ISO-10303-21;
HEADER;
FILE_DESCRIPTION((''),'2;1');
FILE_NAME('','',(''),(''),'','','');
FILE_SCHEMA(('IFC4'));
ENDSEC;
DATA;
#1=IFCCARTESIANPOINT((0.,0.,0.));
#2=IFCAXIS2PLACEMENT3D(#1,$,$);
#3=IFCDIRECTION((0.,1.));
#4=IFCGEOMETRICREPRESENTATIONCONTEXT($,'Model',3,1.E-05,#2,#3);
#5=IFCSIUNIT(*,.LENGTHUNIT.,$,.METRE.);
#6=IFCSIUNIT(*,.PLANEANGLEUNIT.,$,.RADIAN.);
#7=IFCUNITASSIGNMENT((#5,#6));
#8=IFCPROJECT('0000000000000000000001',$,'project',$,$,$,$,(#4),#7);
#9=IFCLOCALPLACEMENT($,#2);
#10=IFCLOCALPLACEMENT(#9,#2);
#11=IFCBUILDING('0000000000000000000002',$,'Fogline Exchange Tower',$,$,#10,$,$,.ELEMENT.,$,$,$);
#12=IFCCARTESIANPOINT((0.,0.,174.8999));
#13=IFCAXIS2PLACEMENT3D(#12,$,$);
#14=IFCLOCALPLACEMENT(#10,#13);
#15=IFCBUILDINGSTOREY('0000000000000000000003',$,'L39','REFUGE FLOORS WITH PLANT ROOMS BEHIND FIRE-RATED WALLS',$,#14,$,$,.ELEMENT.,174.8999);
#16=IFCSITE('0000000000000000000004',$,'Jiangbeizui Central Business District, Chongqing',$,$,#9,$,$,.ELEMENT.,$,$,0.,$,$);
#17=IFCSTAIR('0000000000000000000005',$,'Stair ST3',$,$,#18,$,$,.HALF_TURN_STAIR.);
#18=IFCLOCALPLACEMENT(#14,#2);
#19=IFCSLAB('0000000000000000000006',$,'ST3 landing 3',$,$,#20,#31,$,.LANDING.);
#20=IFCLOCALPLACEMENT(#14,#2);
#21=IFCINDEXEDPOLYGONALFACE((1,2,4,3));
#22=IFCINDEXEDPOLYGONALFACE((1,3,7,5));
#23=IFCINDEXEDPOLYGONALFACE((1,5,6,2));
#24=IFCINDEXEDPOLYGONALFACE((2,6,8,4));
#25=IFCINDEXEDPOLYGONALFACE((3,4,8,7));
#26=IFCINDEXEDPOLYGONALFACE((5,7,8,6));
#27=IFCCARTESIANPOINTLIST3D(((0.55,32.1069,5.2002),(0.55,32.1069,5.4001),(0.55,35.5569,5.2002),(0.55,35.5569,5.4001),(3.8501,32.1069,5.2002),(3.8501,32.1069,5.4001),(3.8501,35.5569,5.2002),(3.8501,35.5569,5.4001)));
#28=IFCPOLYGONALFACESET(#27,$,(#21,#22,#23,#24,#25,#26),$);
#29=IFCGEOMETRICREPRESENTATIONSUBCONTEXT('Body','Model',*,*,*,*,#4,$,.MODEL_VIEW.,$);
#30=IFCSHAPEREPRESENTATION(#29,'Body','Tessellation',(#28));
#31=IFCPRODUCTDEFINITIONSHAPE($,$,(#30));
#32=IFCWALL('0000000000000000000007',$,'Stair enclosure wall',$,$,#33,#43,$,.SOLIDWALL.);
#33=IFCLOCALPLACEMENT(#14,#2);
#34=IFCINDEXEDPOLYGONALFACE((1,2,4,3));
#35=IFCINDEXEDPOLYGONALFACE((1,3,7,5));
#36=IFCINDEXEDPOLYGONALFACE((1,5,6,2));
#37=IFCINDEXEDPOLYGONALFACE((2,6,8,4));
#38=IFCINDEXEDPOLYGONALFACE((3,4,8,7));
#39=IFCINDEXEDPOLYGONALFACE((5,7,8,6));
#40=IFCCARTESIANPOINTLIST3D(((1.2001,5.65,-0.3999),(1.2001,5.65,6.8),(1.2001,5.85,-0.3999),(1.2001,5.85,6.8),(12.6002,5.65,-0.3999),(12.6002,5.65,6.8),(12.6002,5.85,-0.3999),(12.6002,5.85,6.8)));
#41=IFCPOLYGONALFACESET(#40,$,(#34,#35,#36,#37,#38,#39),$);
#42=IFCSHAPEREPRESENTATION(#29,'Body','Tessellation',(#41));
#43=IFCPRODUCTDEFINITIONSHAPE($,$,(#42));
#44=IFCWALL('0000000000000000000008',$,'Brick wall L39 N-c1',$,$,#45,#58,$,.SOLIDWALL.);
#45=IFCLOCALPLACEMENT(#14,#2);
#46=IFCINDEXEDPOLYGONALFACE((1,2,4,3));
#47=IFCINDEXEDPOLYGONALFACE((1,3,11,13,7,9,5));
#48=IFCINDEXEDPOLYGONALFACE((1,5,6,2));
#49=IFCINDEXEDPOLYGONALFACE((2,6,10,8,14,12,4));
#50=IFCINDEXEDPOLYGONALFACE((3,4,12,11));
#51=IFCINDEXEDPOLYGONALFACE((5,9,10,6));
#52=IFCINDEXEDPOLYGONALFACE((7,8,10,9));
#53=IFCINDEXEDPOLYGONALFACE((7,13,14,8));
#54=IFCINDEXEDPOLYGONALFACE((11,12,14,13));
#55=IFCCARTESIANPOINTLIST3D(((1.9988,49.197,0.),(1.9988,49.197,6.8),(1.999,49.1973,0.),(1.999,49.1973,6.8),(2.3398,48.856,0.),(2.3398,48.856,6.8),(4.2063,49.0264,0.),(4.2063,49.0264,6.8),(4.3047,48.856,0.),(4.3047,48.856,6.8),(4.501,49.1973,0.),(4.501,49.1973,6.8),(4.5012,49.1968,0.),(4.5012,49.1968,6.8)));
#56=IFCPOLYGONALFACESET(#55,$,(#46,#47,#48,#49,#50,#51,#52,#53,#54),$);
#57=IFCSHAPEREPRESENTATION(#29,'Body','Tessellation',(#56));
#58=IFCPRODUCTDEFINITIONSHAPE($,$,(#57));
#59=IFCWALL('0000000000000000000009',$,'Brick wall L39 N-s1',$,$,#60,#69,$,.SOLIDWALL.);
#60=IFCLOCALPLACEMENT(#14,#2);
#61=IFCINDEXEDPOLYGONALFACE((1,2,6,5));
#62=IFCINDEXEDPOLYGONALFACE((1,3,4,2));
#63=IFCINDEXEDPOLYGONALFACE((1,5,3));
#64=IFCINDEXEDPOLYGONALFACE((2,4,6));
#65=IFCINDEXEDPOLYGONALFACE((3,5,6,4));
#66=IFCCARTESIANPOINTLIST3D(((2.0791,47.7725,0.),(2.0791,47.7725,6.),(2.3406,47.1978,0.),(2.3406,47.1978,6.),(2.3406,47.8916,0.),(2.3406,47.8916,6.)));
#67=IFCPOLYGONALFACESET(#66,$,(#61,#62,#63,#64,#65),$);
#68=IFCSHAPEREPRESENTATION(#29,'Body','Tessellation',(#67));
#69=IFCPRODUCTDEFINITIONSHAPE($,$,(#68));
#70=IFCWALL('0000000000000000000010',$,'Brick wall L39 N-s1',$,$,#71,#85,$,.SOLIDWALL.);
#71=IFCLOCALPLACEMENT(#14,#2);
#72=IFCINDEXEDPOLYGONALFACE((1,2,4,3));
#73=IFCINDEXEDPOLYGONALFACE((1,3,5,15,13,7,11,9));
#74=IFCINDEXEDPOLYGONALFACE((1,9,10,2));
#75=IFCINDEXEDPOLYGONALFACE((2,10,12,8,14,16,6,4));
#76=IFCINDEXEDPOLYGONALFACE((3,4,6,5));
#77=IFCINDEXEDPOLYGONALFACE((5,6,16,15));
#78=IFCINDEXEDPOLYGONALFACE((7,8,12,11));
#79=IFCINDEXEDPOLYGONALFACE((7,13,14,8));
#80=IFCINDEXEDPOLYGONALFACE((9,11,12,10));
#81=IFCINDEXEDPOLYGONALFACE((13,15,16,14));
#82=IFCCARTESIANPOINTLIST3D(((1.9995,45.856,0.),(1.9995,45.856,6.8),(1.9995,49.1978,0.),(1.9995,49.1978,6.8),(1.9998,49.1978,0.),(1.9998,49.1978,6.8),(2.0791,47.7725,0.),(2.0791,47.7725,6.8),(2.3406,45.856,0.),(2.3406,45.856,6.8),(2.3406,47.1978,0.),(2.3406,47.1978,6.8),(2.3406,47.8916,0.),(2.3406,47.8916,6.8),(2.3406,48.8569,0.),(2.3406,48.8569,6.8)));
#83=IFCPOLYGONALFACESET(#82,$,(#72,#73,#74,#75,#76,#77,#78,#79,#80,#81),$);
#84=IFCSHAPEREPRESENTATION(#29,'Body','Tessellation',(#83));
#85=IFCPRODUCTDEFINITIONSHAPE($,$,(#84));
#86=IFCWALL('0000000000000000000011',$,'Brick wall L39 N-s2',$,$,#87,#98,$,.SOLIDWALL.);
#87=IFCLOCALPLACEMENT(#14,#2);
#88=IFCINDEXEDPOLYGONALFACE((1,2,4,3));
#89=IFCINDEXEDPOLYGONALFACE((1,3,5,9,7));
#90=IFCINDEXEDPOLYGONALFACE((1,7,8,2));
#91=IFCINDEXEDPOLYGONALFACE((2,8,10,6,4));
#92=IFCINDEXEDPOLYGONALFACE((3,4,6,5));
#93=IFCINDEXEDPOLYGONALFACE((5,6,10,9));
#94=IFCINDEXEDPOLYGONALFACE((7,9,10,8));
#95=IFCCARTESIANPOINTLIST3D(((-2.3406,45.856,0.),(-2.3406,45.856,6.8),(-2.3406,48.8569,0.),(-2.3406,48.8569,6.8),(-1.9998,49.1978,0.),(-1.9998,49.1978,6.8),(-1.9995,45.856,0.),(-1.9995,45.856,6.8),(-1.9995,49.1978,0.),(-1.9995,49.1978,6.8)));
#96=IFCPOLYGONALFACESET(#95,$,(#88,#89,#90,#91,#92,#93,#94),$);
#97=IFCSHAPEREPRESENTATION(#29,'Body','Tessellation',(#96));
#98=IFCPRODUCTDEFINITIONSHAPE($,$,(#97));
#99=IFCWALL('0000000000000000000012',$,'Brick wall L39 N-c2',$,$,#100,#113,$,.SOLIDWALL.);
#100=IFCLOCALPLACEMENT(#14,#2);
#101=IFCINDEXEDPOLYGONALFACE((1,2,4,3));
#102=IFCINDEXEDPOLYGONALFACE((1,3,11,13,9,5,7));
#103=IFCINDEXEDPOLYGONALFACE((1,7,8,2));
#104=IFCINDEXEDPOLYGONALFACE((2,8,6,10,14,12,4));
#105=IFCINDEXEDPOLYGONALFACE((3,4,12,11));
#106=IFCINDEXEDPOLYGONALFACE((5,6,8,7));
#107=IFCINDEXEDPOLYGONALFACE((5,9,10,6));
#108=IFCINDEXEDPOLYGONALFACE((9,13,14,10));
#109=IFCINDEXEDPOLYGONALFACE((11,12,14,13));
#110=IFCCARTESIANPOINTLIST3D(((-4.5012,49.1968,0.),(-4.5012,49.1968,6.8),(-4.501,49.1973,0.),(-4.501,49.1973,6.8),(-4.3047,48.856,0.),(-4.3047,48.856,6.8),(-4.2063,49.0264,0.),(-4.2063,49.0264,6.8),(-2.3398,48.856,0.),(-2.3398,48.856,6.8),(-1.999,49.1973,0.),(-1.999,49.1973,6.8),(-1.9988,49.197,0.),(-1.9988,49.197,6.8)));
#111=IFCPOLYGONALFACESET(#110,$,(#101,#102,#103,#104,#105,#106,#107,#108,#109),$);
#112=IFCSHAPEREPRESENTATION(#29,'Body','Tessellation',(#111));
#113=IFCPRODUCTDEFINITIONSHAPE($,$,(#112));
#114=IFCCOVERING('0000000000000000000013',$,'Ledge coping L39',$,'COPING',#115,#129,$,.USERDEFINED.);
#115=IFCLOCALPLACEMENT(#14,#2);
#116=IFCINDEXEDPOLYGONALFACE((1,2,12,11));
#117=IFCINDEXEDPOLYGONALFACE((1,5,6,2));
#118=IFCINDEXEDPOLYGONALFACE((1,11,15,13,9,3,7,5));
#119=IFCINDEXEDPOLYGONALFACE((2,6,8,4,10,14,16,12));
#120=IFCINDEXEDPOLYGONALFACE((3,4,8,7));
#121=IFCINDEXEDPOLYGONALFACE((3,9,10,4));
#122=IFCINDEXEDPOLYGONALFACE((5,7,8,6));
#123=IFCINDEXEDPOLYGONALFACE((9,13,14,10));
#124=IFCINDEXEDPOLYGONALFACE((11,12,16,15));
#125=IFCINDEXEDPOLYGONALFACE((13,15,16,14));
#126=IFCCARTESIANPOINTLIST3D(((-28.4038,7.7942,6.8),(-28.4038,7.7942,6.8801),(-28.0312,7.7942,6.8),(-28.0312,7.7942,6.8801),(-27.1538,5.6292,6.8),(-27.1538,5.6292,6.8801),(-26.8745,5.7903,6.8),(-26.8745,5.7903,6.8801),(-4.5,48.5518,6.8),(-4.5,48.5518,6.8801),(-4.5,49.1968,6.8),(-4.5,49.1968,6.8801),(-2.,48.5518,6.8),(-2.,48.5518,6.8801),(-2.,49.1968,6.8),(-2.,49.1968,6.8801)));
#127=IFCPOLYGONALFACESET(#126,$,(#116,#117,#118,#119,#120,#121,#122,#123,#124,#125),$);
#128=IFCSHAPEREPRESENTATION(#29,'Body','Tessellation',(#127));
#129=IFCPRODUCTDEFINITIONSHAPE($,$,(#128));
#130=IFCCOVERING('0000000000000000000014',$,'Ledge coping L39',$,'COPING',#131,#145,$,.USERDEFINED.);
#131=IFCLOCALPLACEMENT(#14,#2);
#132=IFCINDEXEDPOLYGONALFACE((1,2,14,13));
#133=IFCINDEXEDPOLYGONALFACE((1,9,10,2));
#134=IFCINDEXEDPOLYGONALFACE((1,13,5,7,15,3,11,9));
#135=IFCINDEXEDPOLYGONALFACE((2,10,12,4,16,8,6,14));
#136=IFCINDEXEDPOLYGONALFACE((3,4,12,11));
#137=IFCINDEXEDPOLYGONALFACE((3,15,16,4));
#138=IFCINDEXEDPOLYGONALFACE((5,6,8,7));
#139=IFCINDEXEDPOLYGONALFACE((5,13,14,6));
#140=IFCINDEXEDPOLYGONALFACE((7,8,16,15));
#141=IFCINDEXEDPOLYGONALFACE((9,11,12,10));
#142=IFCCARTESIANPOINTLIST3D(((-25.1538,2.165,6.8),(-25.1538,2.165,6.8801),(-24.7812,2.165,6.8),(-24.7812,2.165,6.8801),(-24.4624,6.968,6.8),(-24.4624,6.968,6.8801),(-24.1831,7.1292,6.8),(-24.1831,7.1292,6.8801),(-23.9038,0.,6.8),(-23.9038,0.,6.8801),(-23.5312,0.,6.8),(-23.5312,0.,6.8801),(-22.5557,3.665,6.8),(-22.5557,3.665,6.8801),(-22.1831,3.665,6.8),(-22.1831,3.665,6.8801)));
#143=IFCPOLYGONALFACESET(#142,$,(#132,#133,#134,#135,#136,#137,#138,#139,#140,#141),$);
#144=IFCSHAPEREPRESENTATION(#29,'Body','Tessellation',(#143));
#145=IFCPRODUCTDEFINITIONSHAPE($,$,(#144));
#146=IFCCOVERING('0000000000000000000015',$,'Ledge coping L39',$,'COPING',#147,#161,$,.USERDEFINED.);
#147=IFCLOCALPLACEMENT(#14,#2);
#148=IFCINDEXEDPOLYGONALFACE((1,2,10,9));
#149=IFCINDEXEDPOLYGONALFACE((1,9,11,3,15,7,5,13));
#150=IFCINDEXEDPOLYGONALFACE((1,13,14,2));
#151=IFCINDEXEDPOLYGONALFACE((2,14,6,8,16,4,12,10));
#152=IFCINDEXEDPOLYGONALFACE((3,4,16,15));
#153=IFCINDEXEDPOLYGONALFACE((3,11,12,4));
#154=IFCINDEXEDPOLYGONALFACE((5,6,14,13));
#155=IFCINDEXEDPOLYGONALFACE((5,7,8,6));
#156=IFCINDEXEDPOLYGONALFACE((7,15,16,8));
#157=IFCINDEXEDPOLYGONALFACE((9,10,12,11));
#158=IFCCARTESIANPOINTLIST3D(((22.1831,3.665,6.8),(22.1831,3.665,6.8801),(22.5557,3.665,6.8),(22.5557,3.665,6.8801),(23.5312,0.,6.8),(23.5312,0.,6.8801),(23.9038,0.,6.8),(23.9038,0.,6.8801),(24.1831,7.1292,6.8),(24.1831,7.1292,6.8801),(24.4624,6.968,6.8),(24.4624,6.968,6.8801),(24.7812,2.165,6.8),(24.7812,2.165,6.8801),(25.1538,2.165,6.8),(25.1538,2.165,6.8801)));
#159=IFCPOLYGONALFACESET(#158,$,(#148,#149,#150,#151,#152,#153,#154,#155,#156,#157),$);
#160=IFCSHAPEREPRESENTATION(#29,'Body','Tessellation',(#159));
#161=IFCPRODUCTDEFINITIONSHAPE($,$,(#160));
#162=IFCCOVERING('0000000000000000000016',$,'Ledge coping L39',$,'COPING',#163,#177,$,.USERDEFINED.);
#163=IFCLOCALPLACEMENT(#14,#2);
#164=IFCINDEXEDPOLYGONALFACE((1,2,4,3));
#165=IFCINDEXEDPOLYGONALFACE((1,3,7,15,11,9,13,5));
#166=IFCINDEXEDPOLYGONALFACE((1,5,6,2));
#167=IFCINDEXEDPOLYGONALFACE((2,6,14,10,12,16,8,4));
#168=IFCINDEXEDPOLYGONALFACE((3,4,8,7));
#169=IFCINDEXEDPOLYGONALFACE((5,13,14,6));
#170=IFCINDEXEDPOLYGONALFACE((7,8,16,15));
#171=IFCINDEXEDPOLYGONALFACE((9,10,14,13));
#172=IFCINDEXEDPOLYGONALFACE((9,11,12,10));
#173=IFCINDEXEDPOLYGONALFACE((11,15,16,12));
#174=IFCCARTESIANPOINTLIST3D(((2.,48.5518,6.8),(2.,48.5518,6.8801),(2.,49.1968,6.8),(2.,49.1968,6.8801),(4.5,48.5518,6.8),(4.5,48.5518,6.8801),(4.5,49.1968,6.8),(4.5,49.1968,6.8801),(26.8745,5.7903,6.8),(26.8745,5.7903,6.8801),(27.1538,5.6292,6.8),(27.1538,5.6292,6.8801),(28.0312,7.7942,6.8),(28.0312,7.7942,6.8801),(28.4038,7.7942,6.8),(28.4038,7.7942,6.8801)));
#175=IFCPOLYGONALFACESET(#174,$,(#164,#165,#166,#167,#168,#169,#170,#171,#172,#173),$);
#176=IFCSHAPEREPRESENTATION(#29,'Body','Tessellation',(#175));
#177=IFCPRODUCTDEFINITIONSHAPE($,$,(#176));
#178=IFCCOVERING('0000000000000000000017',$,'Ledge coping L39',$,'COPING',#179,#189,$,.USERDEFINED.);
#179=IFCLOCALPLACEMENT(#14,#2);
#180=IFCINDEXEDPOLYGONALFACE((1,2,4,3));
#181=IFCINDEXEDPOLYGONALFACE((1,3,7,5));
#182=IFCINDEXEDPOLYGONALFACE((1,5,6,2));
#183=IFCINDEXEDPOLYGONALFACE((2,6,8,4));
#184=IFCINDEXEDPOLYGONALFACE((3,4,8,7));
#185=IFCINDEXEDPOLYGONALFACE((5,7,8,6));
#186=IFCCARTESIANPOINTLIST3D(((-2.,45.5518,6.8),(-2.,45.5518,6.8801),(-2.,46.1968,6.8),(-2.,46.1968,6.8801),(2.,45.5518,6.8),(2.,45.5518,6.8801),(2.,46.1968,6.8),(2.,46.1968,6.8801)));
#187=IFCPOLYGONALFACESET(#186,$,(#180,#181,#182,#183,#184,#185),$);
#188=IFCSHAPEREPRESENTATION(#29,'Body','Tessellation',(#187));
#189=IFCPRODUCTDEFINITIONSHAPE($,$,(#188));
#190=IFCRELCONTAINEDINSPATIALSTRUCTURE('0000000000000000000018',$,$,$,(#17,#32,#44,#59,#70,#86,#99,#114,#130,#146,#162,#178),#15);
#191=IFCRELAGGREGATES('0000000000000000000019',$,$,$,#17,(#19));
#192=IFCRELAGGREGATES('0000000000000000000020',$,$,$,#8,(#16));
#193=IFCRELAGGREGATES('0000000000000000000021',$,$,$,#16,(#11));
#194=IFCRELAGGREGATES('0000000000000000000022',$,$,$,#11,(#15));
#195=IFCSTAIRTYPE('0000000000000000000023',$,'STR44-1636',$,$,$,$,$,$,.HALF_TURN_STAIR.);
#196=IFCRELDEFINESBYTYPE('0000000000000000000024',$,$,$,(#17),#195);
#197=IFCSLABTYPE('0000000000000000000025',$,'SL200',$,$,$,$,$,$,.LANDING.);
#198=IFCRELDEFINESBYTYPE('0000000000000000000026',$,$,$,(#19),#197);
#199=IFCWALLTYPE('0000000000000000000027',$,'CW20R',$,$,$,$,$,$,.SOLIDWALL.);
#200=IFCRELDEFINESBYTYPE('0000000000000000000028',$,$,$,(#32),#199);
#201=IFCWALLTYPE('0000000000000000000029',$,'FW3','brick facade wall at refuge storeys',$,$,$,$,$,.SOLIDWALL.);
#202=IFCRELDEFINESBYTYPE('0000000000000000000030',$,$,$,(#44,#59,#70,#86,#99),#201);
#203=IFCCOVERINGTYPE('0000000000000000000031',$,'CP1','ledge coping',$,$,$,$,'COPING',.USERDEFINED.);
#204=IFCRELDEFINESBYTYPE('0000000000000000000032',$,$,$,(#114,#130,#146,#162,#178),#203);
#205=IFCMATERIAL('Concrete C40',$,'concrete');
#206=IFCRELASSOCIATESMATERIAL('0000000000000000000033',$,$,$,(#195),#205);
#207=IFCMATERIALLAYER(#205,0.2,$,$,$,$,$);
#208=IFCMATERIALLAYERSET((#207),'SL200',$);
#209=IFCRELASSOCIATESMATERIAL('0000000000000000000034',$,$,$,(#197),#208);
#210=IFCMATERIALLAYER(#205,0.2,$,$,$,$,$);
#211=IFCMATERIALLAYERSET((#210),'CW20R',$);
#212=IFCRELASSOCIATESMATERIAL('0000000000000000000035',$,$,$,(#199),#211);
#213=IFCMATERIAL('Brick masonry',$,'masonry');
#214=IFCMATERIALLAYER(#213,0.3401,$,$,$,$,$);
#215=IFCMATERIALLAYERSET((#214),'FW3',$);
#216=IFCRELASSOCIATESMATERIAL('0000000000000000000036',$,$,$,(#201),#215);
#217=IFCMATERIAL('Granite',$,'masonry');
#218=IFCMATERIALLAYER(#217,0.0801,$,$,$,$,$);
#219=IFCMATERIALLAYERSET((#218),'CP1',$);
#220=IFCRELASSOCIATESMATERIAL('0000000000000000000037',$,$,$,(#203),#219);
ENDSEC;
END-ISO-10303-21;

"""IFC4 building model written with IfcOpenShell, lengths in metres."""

from ifc_helpers import new_model, si_unit, direction, frame, frame_2d, origin, place, context, subcontext, project, spatial, polyline, rectangle, outline, extrude, material, layer, layer_set, type_object, element, aggregate, save


model = new_model("IFC4")

# Units and contexts
model_context = context("Model", 3, precision=1e-05, world=origin(), true_north=direction((0.0, 1.0)))
body_context = subcontext(model_context, "Body", "Model", "MODEL_VIEW")
ifc_project = project(units=[si_unit("LENGTHUNIT", "METRE"), si_unit("PLANEANGLEUNIT", "RADIAN")], contexts=[model_context])

# Site, building, storey
site_placement = place(None, origin())
site = spatial("IfcSite", under=ifc_project, at=site_placement, Name="Jiangbeizui Central Business District, Chongqing", CompositionType="ELEMENT", RefElevation=0.0)
building_placement = place(site_placement, origin())
building = spatial("IfcBuilding", under=site, at=building_placement, Name="Fogline Exchange Tower", CompositionType="ELEMENT")
storey_placement = place(building_placement, frame((0.0, 0.0, 174.8999)))
storey = spatial("IfcBuildingStorey", under=building, at=storey_placement, Name="L39", Description="REFUGE FLOORS WITH PLANT ROOMS BEHIND FIRE-RATED WALLS", CompositionType="ELEMENT", Elevation=174.8999)

# Shared definitions
ifc_material_1 = material(Name="Concrete C40", Category="concrete")

# Stair, slab
stair_type = type_object("IfcStairType", Name="STR44-1636", PredefinedType="HALF_TURN_STAIR", material=ifc_material_1)
ifc_layer_1 = layer(ifc_material_1, 0.2)
ifc_layer_set_1 = layer_set([ifc_layer_1], Name="SL200")
slab_type_1 = type_object("IfcSlabType", Name="SL200", PredefinedType="LANDING", material=ifc_layer_set_1)
stair_1_placement = place(storey_placement, origin())
stair_1 = element("IfcStair", 1, at=stair_1_placement, inside=storey, type_object=stair_type, Name="Stair ST3", PredefinedType="HALF_TURN_STAIR")
slab_1_placement = place(storey_placement, frame((0.0, 0.0, 5.2002)))
slab_1 = element("IfcSlab", 2, at=slab_1_placement, type_object=slab_type_1, Name="ST3 landing 3", PredefinedType="LANDING", context=body_context, shape_type="SweptSolid", body=[
    extrude(outline(polyline([(0.55, 32.1069), (3.8501, 32.1069), (3.8501, 35.5569), (0.55, 35.5569), (0.55, 32.1069)])), origin(), (0.0, 0.0, 1.0), 0.2),
])
aggregate(stair_1, [slab_1])

# Walls
ifc_layer_2 = layer(ifc_material_1, 0.2)
ifc_layer_set_2 = layer_set([ifc_layer_2], Name="CW20R")
wall_type_1 = type_object("IfcWallType", Name="CW20R", PredefinedType="SOLIDWALL", material=ifc_layer_set_2)
wall_1_placement = place(storey_placement, frame((1.2, 5.75, -0.3999), z_axis=(0.0, 0.0, 1.0), x_axis=(1.0, 0.0, 0.0)))
element("IfcWall", 3, at=wall_1_placement, inside=storey, type_object=wall_type_1, Name="Stair enclosure wall", PredefinedType="SOLIDWALL", context=body_context, shape_type="SweptSolid", body=[
    extrude(rectangle(XDim=11.4001, YDim=0.2, at=frame_2d((5.7002, 0.0))), origin(), (0.0, 0.0, 1.0), 7.2),
])
ifc_material_2 = material(Name="Brick masonry", Category="masonry")
ifc_layer_3 = layer(ifc_material_2, 0.3401)
ifc_layer_set_3 = layer_set([ifc_layer_3], Name="FW3")
wall_type_2 = type_object("IfcWallType", Name="FW3", Description="brick facade wall at refuge storeys", PredefinedType="SOLIDWALL", material=ifc_layer_set_3)
wall_2_placement = place(storey_placement, origin())
element("IfcWall", 4, at=wall_2_placement, inside=storey, type_object=wall_type_2, Name="Brick wall L39 N-c1", PredefinedType="SOLIDWALL", context=body_context, shape_type="SweptSolid", body=[
    extrude(outline(polyline([(1.999, 49.1973), (4.501, 49.1973), (4.5012, 49.1968), (4.2063, 49.0264), (4.3047, 48.856), (2.3398, 48.856), (1.9988, 49.197), (1.999, 49.1973)])), origin(), (0.0, 0.0, 1.0), 6.8),
])
wall_3_placement = place(storey_placement, origin())
element("IfcWall", 5, at=wall_3_placement, inside=storey, type_object=wall_type_2, Name="Brick wall L39 N-s1", PredefinedType="SOLIDWALL", context=body_context, shape_type="SweptSolid", body=[
    extrude(outline(polyline([(2.3406, 47.1978), (2.0791, 47.7725), (2.3406, 47.8916), (2.3406, 47.1978)])), origin(), (0.0, 0.0, 1.0), 6.0),
])
wall_4_placement = place(storey_placement, origin())
element("IfcWall", 6, at=wall_4_placement, inside=storey, type_object=wall_type_2, Name="Brick wall L39 N-s1", PredefinedType="SOLIDWALL", context=body_context, shape_type="SweptSolid", body=[
    extrude(outline(polyline([(1.9995, 45.856), (1.9995, 49.1978), (1.9998, 49.1978), (2.3406, 48.8569), (2.3406, 47.8916), (2.0791, 47.7725), (2.3406, 47.1978), (2.3406, 45.856), (1.9995, 45.856)])), origin(), (0.0, 0.0, 1.0), 6.8),
])
wall_5_placement = place(storey_placement, origin())
element("IfcWall", 7, at=wall_5_placement, inside=storey, type_object=wall_type_2, Name="Brick wall L39 N-s2", PredefinedType="SOLIDWALL", context=body_context, shape_type="SweptSolid", body=[
    extrude(outline(polyline([(-1.9995, 49.1978), (-1.9995, 45.856), (-2.3406, 45.856), (-2.3406, 48.8569), (-1.9998, 49.1978), (-1.9995, 49.1978)])), origin(), (0.0, 0.0, 1.0), 6.8),
])
wall_6_placement = place(storey_placement, origin())
element("IfcWall", 8, at=wall_6_placement, inside=storey, type_object=wall_type_2, Name="Brick wall L39 N-c2", PredefinedType="SOLIDWALL", context=body_context, shape_type="SweptSolid", body=[
    extrude(outline(polyline([(-4.3047, 48.856), (-4.2063, 49.0264), (-4.5012, 49.1968), (-4.501, 49.1973), (-1.999, 49.1973), (-1.9988, 49.197), (-2.3398, 48.856), (-4.3047, 48.856)])), origin(), (0.0, 0.0, 1.0), 6.8),
])

# Coverings
ifc_material_3 = material(Name="Granite", Category="masonry")
ifc_layer_4 = layer(ifc_material_3, 0.0801)
ifc_layer_set_4 = layer_set([ifc_layer_4], Name="CP1")
covering_type_1 = type_object("IfcCoveringType", Name="CP1", Description="ledge coping", ElementType="COPING", PredefinedType="USERDEFINED", material=ifc_layer_set_4)
covering_1_placement = place(storey_placement, frame((0.0, 0.0, 6.8)))
element("IfcCovering", 9, at=covering_1_placement, inside=storey, type_object=covering_type_1, Name="Ledge coping L39", ObjectType="COPING", PredefinedType="USERDEFINED", context=body_context, shape_type="SweptSolid", body=[
    extrude(outline(polyline([(-27.1538, 5.6292), (-26.8745, 5.7903), (-28.0312, 7.7942), (-4.5, 48.5518), (-2.0, 48.5518), (-2.0, 49.1968), (-4.5, 49.1968), (-28.4038, 7.7942), (-27.1538, 5.6292)])), origin(), (0.0, 0.0, 1.0), 0.0801),
])
covering_2_placement = place(storey_placement, frame((0.0, 0.0, 6.8)))
element("IfcCovering", 10, at=covering_2_placement, inside=storey, type_object=covering_type_1, Name="Ledge coping L39", ObjectType="COPING", PredefinedType="USERDEFINED", context=body_context, shape_type="SweptSolid", body=[
    extrude(outline(polyline([(-23.9038, 0.0), (-23.5312, 0.0), (-24.7812, 2.165), (-22.1831, 3.665), (-24.1831, 7.1292), (-24.4624, 6.968), (-22.5557, 3.665), (-25.1538, 2.165), (-23.9038, 0.0)])), origin(), (0.0, 0.0, 1.0), 0.0801),
])
covering_3_placement = place(storey_placement, frame((0.0, 0.0, 6.8)))
element("IfcCovering", 11, at=covering_3_placement, inside=storey, type_object=covering_type_1, Name="Ledge coping L39", ObjectType="COPING", PredefinedType="USERDEFINED", context=body_context, shape_type="SweptSolid", body=[
    extrude(outline(polyline([(22.5557, 3.665), (24.4624, 6.968), (24.1831, 7.1292), (22.1831, 3.665), (24.7812, 2.165), (23.5312, 0.0), (23.9038, 0.0), (25.1538, 2.165), (22.5557, 3.665)])), origin(), (0.0, 0.0, 1.0), 0.0801),
])
covering_4_placement = place(storey_placement, frame((0.0, 0.0, 6.8)))
element("IfcCovering", 12, at=covering_4_placement, inside=storey, type_object=covering_type_1, Name="Ledge coping L39", ObjectType="COPING", PredefinedType="USERDEFINED", context=body_context, shape_type="SweptSolid", body=[
    extrude(outline(polyline([(2.0, 49.1968), (2.0, 48.5518), (4.5, 48.5518), (28.0312, 7.7942), (26.8745, 5.7903), (27.1538, 5.6292), (28.4038, 7.7942), (4.5, 49.1968), (2.0, 49.1968)])), origin(), (0.0, 0.0, 1.0), 0.0801),
])
covering_5_placement = place(storey_placement, frame((0.0, 0.0, 6.8)))
element("IfcCovering", 13, at=covering_5_placement, inside=storey, type_object=covering_type_1, Name="Ledge coping L39", ObjectType="COPING", PredefinedType="USERDEFINED", context=body_context, shape_type="SweptSolid", body=[
    extrude(outline(polyline([(2.0, 46.1968), (-2.0, 46.1968), (-2.0, 45.5518), (2.0, 45.5518), (2.0, 46.1968)])), origin(), (0.0, 0.0, 1.0), 0.0801),
])

save(model, "model.ifc")
